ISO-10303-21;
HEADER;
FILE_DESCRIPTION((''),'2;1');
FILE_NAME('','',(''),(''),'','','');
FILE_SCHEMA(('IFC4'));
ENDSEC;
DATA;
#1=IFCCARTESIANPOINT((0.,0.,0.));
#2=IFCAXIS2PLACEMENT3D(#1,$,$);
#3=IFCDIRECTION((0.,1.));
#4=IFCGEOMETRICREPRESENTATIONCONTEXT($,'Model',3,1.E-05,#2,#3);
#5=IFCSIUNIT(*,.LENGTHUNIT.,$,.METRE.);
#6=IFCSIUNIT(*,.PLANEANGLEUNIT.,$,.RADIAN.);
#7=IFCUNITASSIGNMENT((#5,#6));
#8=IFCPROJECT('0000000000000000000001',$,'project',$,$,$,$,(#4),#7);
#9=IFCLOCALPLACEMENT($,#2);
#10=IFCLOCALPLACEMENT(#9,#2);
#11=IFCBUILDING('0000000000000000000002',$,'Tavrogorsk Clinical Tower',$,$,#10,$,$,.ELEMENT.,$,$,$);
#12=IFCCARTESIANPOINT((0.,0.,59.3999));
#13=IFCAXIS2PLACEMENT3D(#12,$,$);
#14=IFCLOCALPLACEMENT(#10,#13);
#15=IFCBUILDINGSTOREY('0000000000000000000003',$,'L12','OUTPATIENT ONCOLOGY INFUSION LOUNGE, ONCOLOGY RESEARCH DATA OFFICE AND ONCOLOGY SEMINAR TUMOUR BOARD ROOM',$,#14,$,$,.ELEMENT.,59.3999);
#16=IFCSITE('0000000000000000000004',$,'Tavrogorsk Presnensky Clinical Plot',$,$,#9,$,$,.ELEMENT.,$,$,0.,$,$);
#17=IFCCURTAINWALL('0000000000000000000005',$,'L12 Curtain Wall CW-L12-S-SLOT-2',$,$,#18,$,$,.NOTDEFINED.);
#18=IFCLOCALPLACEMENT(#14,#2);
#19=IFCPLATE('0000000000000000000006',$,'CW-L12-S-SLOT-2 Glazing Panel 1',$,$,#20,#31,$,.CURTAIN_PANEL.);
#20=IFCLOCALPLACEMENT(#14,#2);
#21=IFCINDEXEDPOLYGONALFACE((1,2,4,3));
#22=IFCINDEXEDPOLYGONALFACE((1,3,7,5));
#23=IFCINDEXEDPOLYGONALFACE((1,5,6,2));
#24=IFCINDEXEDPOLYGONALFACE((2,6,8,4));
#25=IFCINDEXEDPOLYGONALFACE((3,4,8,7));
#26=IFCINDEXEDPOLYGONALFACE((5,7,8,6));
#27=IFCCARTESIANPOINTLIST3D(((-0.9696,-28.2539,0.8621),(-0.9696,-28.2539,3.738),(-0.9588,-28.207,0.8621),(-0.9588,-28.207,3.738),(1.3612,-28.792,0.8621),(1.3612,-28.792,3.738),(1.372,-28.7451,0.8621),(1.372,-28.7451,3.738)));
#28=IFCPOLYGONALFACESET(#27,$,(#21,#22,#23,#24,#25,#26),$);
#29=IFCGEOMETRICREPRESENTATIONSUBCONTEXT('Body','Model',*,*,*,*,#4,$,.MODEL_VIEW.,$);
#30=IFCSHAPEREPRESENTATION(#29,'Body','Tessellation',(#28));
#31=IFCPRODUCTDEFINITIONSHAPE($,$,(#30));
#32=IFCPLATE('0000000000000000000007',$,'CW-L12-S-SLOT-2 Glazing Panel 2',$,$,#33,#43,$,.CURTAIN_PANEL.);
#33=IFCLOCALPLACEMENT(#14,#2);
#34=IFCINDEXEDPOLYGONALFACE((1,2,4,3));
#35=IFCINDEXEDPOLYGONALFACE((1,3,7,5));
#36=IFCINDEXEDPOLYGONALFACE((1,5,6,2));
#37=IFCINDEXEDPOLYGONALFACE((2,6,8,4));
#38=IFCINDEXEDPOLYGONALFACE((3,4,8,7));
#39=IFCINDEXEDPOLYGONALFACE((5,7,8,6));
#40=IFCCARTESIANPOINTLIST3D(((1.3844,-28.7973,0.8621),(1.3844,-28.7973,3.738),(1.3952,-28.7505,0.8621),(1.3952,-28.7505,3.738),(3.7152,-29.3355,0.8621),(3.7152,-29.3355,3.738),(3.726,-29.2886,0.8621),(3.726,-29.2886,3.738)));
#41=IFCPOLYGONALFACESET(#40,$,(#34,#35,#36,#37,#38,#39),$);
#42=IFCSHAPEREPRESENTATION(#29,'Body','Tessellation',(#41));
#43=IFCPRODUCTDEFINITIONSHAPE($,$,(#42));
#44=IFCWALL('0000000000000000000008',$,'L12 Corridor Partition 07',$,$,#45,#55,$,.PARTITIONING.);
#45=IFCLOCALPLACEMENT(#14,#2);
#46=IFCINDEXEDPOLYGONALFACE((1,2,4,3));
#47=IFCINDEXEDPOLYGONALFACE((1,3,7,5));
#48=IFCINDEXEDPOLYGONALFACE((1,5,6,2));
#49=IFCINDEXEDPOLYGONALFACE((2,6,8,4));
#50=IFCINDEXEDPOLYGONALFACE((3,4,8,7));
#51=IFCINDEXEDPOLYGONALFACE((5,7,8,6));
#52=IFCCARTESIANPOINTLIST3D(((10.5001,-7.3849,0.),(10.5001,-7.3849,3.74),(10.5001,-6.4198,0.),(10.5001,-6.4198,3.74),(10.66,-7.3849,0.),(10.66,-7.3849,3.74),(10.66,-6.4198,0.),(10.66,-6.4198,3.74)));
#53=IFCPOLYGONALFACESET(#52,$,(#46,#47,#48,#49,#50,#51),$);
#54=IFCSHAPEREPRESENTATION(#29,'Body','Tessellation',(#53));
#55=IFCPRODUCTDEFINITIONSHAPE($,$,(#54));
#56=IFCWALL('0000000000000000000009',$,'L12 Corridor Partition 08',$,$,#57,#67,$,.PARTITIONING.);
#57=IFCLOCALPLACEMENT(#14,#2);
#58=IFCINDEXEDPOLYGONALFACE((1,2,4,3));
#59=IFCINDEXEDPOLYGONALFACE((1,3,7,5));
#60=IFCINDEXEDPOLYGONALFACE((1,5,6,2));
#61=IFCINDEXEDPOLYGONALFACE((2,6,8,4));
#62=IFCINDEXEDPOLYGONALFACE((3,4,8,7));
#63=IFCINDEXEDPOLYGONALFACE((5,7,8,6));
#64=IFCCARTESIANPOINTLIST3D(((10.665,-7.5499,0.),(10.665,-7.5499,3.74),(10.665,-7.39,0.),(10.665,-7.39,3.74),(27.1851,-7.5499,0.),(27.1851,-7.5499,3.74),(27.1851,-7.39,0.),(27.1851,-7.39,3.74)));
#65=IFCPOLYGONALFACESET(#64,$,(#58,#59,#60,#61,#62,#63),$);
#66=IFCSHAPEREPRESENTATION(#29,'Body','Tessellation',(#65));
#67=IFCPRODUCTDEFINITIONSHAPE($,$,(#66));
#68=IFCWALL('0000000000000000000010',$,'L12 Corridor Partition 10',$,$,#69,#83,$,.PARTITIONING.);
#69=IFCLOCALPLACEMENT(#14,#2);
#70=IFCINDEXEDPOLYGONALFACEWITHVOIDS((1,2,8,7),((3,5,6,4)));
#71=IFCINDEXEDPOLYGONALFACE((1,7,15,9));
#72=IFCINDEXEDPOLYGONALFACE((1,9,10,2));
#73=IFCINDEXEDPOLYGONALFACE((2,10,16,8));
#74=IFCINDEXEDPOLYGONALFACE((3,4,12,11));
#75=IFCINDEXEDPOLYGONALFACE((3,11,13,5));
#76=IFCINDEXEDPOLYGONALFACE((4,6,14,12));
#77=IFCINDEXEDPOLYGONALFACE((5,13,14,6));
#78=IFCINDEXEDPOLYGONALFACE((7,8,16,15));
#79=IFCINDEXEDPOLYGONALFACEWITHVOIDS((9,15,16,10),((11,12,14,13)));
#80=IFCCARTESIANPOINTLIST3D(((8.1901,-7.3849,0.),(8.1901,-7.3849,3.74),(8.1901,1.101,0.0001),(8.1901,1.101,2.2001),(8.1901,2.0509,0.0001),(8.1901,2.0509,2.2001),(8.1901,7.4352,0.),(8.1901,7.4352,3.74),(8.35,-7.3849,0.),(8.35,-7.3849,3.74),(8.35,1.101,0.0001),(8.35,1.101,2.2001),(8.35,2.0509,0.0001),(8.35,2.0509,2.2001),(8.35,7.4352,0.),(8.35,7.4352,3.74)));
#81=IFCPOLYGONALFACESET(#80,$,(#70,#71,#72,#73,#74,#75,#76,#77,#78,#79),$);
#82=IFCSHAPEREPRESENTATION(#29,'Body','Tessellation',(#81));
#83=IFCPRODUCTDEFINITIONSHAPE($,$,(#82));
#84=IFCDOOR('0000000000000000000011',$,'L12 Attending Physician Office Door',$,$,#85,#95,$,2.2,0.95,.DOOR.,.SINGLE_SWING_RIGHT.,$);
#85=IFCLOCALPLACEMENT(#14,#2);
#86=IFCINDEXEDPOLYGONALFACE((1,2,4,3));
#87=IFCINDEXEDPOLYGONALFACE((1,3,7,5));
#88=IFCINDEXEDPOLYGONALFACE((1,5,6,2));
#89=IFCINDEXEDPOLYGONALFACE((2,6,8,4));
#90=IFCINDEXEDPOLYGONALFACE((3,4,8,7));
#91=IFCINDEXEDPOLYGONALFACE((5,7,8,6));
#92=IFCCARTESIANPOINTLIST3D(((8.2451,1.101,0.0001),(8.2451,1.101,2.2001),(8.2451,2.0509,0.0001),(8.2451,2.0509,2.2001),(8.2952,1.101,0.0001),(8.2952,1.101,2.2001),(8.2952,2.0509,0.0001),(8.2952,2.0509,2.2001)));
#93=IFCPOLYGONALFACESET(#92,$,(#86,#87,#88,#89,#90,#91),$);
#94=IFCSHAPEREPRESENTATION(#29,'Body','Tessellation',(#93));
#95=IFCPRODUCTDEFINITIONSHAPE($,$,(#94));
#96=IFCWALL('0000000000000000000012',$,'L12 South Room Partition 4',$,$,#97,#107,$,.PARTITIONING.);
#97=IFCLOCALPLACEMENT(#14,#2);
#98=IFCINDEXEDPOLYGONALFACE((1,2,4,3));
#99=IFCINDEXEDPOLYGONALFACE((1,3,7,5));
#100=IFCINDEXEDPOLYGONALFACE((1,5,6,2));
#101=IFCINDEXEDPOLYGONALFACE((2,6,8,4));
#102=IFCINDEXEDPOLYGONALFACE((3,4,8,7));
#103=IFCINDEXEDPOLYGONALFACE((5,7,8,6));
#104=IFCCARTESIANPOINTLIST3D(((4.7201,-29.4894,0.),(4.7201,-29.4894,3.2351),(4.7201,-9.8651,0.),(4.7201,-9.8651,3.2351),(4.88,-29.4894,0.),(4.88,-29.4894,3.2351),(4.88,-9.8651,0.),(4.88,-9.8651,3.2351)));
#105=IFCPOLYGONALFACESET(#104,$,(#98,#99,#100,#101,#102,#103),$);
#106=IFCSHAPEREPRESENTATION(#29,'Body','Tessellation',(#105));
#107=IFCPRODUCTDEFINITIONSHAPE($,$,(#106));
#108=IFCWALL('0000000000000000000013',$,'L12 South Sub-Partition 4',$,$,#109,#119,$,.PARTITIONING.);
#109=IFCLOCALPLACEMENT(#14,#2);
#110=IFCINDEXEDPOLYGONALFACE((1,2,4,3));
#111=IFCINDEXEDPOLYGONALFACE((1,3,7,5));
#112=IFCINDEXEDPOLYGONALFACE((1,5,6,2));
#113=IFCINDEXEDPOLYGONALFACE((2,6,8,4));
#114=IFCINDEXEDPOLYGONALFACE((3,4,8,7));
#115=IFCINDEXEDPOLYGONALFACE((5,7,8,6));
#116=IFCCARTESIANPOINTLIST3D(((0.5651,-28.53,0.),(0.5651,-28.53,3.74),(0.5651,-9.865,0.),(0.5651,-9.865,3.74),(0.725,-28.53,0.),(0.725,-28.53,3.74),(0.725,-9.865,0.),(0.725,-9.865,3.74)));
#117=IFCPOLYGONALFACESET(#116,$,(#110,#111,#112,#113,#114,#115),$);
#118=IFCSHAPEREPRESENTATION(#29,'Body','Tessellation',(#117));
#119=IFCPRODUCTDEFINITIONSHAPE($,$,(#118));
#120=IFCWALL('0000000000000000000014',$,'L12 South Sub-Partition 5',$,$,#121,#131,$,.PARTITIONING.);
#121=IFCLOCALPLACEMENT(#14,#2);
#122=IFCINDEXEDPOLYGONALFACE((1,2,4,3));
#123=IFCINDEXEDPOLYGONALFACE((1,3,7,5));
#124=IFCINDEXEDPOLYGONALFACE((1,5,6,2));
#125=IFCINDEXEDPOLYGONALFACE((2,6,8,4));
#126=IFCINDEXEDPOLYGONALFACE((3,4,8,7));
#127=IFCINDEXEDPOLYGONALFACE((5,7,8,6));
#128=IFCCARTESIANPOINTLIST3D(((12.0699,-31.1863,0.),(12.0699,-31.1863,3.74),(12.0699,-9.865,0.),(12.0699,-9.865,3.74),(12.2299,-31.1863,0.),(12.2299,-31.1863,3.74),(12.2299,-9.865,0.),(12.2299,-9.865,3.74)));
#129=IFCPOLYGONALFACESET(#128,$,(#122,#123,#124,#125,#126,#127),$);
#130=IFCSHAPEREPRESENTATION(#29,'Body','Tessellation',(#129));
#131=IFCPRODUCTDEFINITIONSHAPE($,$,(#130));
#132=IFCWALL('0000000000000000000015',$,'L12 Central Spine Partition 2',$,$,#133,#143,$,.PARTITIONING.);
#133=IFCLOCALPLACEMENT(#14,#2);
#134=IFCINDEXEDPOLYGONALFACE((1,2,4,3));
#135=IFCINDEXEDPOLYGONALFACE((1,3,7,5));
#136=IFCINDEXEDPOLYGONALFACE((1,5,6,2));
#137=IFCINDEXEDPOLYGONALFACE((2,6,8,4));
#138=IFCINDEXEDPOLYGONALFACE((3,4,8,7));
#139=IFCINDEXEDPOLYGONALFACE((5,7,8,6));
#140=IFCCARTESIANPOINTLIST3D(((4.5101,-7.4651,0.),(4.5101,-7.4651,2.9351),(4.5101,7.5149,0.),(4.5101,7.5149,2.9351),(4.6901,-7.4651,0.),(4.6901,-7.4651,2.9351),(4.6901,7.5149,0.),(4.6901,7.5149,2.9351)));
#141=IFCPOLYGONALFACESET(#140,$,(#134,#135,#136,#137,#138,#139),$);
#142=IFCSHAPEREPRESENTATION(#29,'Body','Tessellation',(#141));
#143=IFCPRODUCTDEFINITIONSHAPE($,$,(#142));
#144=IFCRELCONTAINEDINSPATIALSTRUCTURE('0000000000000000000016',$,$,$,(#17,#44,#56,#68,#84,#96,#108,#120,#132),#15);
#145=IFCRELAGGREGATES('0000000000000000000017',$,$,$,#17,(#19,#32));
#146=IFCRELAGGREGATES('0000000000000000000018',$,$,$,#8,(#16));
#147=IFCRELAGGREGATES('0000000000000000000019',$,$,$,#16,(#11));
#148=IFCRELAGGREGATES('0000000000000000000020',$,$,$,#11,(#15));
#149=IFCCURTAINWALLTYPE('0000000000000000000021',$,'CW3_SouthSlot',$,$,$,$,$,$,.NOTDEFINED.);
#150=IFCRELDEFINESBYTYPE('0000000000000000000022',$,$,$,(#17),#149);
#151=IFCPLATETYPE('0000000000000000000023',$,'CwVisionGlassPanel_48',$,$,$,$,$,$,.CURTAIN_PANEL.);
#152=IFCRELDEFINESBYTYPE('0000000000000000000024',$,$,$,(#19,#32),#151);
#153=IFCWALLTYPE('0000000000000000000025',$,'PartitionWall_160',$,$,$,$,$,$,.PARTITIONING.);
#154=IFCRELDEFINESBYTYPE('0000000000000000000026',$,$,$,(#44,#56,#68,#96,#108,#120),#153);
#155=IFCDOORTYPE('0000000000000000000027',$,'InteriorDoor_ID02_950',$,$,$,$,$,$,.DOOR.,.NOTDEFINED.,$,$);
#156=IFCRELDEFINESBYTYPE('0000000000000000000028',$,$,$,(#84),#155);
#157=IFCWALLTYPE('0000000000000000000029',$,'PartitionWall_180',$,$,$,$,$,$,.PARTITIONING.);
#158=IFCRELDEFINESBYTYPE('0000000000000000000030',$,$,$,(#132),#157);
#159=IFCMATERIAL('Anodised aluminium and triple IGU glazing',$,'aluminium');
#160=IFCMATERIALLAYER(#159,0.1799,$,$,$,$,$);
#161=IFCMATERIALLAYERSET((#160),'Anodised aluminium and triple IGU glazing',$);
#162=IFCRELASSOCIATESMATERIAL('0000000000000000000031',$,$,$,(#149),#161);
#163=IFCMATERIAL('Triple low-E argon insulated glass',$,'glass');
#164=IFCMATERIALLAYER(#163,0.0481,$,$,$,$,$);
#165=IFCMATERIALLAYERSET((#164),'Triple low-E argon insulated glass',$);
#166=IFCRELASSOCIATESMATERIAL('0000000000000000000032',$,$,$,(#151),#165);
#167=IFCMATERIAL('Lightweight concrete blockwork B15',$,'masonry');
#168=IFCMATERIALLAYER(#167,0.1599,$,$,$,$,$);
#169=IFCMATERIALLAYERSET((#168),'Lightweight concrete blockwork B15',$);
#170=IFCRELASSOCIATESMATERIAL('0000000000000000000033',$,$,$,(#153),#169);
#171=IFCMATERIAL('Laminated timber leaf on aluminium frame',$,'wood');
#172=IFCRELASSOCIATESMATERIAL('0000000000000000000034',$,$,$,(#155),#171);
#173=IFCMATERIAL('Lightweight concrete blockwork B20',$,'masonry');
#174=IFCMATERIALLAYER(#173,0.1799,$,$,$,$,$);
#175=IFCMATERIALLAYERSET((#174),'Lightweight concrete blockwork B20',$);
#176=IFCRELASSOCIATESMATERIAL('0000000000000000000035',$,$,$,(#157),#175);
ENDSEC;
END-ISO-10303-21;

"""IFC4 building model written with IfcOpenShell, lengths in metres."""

from ifc_helpers import new_model, si_unit, direction, frame, frame_2d, origin, origin_2d, place, context, subcontext, project, spatial, rectangle, extrude, material, layer, layer_set, type_object, element, fill, aggregate, save


model = new_model("IFC4")

# Units and contexts
model_context = context("Model", 3, precision=1e-05, world=origin(), true_north=direction((0.0, 1.0)))
body_context = subcontext(model_context, "Body", "Model", "MODEL_VIEW")
ifc_project = project(units=[si_unit("LENGTHUNIT", "METRE"), si_unit("PLANEANGLEUNIT", "RADIAN")], contexts=[model_context])

# Site, building, storey
site_placement = place(None, origin())
site = spatial("IfcSite", under=ifc_project, at=site_placement, Name="Tavrogorsk Presnensky Clinical Plot", CompositionType="ELEMENT", RefElevation=0.0)
building_placement = place(site_placement, origin())
building = spatial("IfcBuilding", under=site, at=building_placement, Name="Tavrogorsk Clinical Tower", CompositionType="ELEMENT")
storey_placement = place(building_placement, frame((0.0, 0.0, 59.3999)))
storey = spatial("IfcBuildingStorey", under=building, at=storey_placement, Name="L12", Description="OUTPATIENT ONCOLOGY INFUSION LOUNGE, ONCOLOGY RESEARCH DATA OFFICE AND ONCOLOGY SEMINAR TUMOUR BOARD ROOM", CompositionType="ELEMENT", Elevation=59.3999)

# Curtain wall
ifc_material_1 = material(Name="Anodised aluminium and triple IGU glazing", Category="aluminium")
ifc_layer_1 = layer(ifc_material_1, 0.1799)
ifc_layer_set_1 = layer_set([ifc_layer_1], Name="Anodised aluminium and triple IGU glazing")
curtain_wall_type = type_object("IfcCurtainWallType", Name="CW3_SouthSlot", PredefinedType="NOTDEFINED", material=ifc_layer_set_1)
curtain_wall_placement = place(storey_placement, origin())
curtain_wall = element("IfcCurtainWall", 1, at=curtain_wall_placement, inside=storey, type_object=curtain_wall_type, Name="L12 Curtain Wall CW-L12-S-SLOT-2", PredefinedType="NOTDEFINED")

# Plates
ifc_material_2 = material(Name="Triple low-E argon insulated glass", Category="glass")
ifc_layer_2 = layer(ifc_material_2, 0.0481)
ifc_layer_set_2 = layer_set([ifc_layer_2], Name="Triple low-E argon insulated glass")
plate_type_1 = type_object("IfcPlateType", Name="CwVisionGlassPanel_48", PredefinedType="CURTAIN_PANEL", material=ifc_layer_set_2)
plate_1_placement = place(storey_placement, frame((0.2012, -28.4995, 0.8621), z_axis=(0.0, 0.0, 1.0), x_axis=(0.97437, -0.224951, 0.0)))
plate_1 = element("IfcPlate", 2, at=plate_1_placement, type_object=plate_type_1, Name="CW-L12-S-SLOT-2 Glazing Panel 1", PredefinedType="CURTAIN_PANEL", context=body_context, shape_type="SweptSolid", body=[
    extrude(rectangle(XDim=2.3921, YDim=0.0481, at=origin_2d()), origin(), (0.0, 0.0, 1.0), 2.876),
])
plate_2_placement = place(storey_placement, frame((2.5552, -29.043, 0.8621), z_axis=(0.0, 0.0, 1.0), x_axis=(0.97437, -0.224951, 0.0)))
plate_2 = element("IfcPlate", 3, at=plate_2_placement, type_object=plate_type_1, Name="CW-L12-S-SLOT-2 Glazing Panel 2", PredefinedType="CURTAIN_PANEL", context=body_context, shape_type="SweptSolid", body=[
    extrude(rectangle(XDim=2.3921, YDim=0.0481, at=origin_2d()), origin(), (0.0, 0.0, 1.0), 2.876),
])
aggregate(curtain_wall, [plate_1, plate_2])

# Walls
ifc_material_3 = material(Name="Lightweight concrete blockwork B15", Category="masonry")
ifc_layer_3 = layer(ifc_material_3, 0.1599)
ifc_layer_set_3 = layer_set([ifc_layer_3], Name="Lightweight concrete blockwork B15")
wall_type_1 = type_object("IfcWallType", Name="PartitionWall_160", PredefinedType="PARTITIONING", material=ifc_layer_set_3)
wall_1_placement = place(storey_placement, frame((10.5801, -6.4199, 0.0), z_axis=(0.0, 0.0, 1.0), x_axis=(0.0, -1.0, 0.0)))
element("IfcWall", 4, at=wall_1_placement, inside=storey, type_object=wall_type_1, Name="L12 Corridor Partition 07", PredefinedType="PARTITIONING", context=body_context, shape_type="SweptSolid", body=[
    extrude(rectangle(XDim=0.9651, YDim=0.1599, at=frame_2d((0.4824, 0.0))), origin(), (0.0, 0.0, 1.0), 3.74),
])
wall_2_placement = place(storey_placement, frame((10.665, -7.47, 0.0), z_axis=(0.0, 0.0, 1.0), x_axis=(1.0, 0.0, 0.0)))
element("IfcWall", 5, at=wall_2_placement, inside=storey, type_object=wall_type_1, Name="L12 Corridor Partition 08", PredefinedType="PARTITIONING", context=body_context, shape_type="SweptSolid", body=[
    extrude(rectangle(XDim=16.52, YDim=0.1599, at=frame_2d((8.26, 0.0))), origin(), (0.0, 0.0, 1.0), 3.74),
])

# Wall, opening, door
wall_3_placement = place(storey_placement, frame((8.27, -7.385, 0.0), z_axis=(0.0, 0.0, 1.0), x_axis=(0.0, 1.0, 0.0)))
wall_3 = element("IfcWall", 6, at=wall_3_placement, inside=storey, type_object=wall_type_1, Name="L12 Corridor Partition 10", PredefinedType="PARTITIONING", context=body_context, shape_type="SweptSolid", body=[
    extrude(rectangle(XDim=14.8201, YDim=0.1599, at=frame_2d((7.4102, 0.0))), origin(), (0.0, 0.0, 1.0), 3.74),
])
opening_1_placement = place(wall_3_placement, frame((8.4858, 0.0, 0.0)))
opening_1 = element("IfcOpeningElement", 7, at=opening_1_placement, cuts=wall_3, PredefinedType="OPENING", context=body_context, shape_type="SweptSolid", body=[
    extrude(rectangle(XDim=0.95, YDim=2.2, at=frame_2d((0.4751, 1.1001))), frame((0.0, 0.0898, 0.0), z_axis=(0.0, -1.0, 0.0), x_axis=(1.0, 0.0, 0.0)), (0.0, 0.0, 1.0), 0.1799),
])
ifc_material_4 = material(Name="Laminated timber leaf on aluminium frame", Category="wood")
door_type = type_object("IfcDoorType", Name="InteriorDoor_ID02_950", OperationType="NOTDEFINED", PredefinedType="DOOR", material=ifc_material_4)
door_placement = place(opening_1_placement, origin())
door = element("IfcDoor", 8, at=door_placement, inside=storey, type_object=door_type, Name="L12 Attending Physician Office Door", OperationType="SINGLE_SWING_RIGHT", OverallHeight=2.2, OverallWidth=0.95, PredefinedType="DOOR", context=body_context, shape_type="SweptSolid", body=[
    extrude(rectangle(XDim=0.95, YDim=2.2, at=frame_2d((0.4751, 1.1001))), frame((0.0, 0.0249, 0.0), z_axis=(0.0, -1.0, 0.0), x_axis=(1.0, 0.0, 0.0)), (0.0, 0.0, 1.0), 0.05),
])
fill(opening_1, door)

# Walls
wall_4_placement = place(storey_placement, frame((4.8, -29.4893, 0.0), z_axis=(0.0, 0.0, 1.0), x_axis=(0.0, 1.0, 0.0)))
element("IfcWall", 9, at=wall_4_placement, inside=storey, type_object=wall_type_1, Name="L12 South Room Partition 4", PredefinedType="PARTITIONING", context=body_context, shape_type="SweptSolid", body=[
    extrude(rectangle(XDim=19.6243, YDim=0.1599, at=frame_2d((9.812, 0.0))), origin(), (0.0, 0.0, 1.0), 3.2351),
])
wall_5_placement = place(storey_placement, frame((0.645, -28.53, 0.0), z_axis=(0.0, 0.0, 1.0), x_axis=(0.0, 1.0, 0.0)))
element("IfcWall", 10, at=wall_5_placement, inside=storey, type_object=wall_type_1, Name="L12 South Sub-Partition 4", PredefinedType="PARTITIONING", context=body_context, shape_type="SweptSolid", body=[
    extrude(rectangle(XDim=18.665, YDim=0.1599, at=frame_2d((9.3325, 0.0))), origin(), (0.0, 0.0, 1.0), 3.74),
])
wall_6_placement = place(storey_placement, frame((12.1499, -31.1863, 0.0), z_axis=(0.0, 0.0, 1.0), x_axis=(0.0, 1.0, 0.0)))
element("IfcWall", 11, at=wall_6_placement, inside=storey, type_object=wall_type_1, Name="L12 South Sub-Partition 5", PredefinedType="PARTITIONING", context=body_context, shape_type="SweptSolid", body=[
    extrude(rectangle(XDim=21.3213, YDim=0.1599, at=frame_2d((10.6606, 0.0))), origin(), (0.0, 0.0, 1.0), 3.74),
])
ifc_material_5 = material(Name="Lightweight concrete blockwork B20", Category="masonry")
ifc_layer_4 = layer(ifc_material_5, 0.1799)
ifc_layer_set_4 = layer_set([ifc_layer_4], Name="Lightweight concrete blockwork B20")
wall_type_2 = type_object("IfcWallType", Name="PartitionWall_180", PredefinedType="PARTITIONING", material=ifc_layer_set_4)
wall_7_placement = place(storey_placement, frame((4.6001, -7.4651, 0.0), z_axis=(0.0, 0.0, 1.0), x_axis=(0.0, 1.0, 0.0)))
element("IfcWall", 12, at=wall_7_placement, inside=storey, type_object=wall_type_2, Name="L12 Central Spine Partition 2", PredefinedType="PARTITIONING", context=body_context, shape_type="SweptSolid", body=[
    extrude(rectangle(XDim=14.98, YDim=0.1799, at=frame_2d((7.49, 0.0))), origin(), (0.0, 0.0, 1.0), 2.9351),
])

save(model, "model.ifc")
